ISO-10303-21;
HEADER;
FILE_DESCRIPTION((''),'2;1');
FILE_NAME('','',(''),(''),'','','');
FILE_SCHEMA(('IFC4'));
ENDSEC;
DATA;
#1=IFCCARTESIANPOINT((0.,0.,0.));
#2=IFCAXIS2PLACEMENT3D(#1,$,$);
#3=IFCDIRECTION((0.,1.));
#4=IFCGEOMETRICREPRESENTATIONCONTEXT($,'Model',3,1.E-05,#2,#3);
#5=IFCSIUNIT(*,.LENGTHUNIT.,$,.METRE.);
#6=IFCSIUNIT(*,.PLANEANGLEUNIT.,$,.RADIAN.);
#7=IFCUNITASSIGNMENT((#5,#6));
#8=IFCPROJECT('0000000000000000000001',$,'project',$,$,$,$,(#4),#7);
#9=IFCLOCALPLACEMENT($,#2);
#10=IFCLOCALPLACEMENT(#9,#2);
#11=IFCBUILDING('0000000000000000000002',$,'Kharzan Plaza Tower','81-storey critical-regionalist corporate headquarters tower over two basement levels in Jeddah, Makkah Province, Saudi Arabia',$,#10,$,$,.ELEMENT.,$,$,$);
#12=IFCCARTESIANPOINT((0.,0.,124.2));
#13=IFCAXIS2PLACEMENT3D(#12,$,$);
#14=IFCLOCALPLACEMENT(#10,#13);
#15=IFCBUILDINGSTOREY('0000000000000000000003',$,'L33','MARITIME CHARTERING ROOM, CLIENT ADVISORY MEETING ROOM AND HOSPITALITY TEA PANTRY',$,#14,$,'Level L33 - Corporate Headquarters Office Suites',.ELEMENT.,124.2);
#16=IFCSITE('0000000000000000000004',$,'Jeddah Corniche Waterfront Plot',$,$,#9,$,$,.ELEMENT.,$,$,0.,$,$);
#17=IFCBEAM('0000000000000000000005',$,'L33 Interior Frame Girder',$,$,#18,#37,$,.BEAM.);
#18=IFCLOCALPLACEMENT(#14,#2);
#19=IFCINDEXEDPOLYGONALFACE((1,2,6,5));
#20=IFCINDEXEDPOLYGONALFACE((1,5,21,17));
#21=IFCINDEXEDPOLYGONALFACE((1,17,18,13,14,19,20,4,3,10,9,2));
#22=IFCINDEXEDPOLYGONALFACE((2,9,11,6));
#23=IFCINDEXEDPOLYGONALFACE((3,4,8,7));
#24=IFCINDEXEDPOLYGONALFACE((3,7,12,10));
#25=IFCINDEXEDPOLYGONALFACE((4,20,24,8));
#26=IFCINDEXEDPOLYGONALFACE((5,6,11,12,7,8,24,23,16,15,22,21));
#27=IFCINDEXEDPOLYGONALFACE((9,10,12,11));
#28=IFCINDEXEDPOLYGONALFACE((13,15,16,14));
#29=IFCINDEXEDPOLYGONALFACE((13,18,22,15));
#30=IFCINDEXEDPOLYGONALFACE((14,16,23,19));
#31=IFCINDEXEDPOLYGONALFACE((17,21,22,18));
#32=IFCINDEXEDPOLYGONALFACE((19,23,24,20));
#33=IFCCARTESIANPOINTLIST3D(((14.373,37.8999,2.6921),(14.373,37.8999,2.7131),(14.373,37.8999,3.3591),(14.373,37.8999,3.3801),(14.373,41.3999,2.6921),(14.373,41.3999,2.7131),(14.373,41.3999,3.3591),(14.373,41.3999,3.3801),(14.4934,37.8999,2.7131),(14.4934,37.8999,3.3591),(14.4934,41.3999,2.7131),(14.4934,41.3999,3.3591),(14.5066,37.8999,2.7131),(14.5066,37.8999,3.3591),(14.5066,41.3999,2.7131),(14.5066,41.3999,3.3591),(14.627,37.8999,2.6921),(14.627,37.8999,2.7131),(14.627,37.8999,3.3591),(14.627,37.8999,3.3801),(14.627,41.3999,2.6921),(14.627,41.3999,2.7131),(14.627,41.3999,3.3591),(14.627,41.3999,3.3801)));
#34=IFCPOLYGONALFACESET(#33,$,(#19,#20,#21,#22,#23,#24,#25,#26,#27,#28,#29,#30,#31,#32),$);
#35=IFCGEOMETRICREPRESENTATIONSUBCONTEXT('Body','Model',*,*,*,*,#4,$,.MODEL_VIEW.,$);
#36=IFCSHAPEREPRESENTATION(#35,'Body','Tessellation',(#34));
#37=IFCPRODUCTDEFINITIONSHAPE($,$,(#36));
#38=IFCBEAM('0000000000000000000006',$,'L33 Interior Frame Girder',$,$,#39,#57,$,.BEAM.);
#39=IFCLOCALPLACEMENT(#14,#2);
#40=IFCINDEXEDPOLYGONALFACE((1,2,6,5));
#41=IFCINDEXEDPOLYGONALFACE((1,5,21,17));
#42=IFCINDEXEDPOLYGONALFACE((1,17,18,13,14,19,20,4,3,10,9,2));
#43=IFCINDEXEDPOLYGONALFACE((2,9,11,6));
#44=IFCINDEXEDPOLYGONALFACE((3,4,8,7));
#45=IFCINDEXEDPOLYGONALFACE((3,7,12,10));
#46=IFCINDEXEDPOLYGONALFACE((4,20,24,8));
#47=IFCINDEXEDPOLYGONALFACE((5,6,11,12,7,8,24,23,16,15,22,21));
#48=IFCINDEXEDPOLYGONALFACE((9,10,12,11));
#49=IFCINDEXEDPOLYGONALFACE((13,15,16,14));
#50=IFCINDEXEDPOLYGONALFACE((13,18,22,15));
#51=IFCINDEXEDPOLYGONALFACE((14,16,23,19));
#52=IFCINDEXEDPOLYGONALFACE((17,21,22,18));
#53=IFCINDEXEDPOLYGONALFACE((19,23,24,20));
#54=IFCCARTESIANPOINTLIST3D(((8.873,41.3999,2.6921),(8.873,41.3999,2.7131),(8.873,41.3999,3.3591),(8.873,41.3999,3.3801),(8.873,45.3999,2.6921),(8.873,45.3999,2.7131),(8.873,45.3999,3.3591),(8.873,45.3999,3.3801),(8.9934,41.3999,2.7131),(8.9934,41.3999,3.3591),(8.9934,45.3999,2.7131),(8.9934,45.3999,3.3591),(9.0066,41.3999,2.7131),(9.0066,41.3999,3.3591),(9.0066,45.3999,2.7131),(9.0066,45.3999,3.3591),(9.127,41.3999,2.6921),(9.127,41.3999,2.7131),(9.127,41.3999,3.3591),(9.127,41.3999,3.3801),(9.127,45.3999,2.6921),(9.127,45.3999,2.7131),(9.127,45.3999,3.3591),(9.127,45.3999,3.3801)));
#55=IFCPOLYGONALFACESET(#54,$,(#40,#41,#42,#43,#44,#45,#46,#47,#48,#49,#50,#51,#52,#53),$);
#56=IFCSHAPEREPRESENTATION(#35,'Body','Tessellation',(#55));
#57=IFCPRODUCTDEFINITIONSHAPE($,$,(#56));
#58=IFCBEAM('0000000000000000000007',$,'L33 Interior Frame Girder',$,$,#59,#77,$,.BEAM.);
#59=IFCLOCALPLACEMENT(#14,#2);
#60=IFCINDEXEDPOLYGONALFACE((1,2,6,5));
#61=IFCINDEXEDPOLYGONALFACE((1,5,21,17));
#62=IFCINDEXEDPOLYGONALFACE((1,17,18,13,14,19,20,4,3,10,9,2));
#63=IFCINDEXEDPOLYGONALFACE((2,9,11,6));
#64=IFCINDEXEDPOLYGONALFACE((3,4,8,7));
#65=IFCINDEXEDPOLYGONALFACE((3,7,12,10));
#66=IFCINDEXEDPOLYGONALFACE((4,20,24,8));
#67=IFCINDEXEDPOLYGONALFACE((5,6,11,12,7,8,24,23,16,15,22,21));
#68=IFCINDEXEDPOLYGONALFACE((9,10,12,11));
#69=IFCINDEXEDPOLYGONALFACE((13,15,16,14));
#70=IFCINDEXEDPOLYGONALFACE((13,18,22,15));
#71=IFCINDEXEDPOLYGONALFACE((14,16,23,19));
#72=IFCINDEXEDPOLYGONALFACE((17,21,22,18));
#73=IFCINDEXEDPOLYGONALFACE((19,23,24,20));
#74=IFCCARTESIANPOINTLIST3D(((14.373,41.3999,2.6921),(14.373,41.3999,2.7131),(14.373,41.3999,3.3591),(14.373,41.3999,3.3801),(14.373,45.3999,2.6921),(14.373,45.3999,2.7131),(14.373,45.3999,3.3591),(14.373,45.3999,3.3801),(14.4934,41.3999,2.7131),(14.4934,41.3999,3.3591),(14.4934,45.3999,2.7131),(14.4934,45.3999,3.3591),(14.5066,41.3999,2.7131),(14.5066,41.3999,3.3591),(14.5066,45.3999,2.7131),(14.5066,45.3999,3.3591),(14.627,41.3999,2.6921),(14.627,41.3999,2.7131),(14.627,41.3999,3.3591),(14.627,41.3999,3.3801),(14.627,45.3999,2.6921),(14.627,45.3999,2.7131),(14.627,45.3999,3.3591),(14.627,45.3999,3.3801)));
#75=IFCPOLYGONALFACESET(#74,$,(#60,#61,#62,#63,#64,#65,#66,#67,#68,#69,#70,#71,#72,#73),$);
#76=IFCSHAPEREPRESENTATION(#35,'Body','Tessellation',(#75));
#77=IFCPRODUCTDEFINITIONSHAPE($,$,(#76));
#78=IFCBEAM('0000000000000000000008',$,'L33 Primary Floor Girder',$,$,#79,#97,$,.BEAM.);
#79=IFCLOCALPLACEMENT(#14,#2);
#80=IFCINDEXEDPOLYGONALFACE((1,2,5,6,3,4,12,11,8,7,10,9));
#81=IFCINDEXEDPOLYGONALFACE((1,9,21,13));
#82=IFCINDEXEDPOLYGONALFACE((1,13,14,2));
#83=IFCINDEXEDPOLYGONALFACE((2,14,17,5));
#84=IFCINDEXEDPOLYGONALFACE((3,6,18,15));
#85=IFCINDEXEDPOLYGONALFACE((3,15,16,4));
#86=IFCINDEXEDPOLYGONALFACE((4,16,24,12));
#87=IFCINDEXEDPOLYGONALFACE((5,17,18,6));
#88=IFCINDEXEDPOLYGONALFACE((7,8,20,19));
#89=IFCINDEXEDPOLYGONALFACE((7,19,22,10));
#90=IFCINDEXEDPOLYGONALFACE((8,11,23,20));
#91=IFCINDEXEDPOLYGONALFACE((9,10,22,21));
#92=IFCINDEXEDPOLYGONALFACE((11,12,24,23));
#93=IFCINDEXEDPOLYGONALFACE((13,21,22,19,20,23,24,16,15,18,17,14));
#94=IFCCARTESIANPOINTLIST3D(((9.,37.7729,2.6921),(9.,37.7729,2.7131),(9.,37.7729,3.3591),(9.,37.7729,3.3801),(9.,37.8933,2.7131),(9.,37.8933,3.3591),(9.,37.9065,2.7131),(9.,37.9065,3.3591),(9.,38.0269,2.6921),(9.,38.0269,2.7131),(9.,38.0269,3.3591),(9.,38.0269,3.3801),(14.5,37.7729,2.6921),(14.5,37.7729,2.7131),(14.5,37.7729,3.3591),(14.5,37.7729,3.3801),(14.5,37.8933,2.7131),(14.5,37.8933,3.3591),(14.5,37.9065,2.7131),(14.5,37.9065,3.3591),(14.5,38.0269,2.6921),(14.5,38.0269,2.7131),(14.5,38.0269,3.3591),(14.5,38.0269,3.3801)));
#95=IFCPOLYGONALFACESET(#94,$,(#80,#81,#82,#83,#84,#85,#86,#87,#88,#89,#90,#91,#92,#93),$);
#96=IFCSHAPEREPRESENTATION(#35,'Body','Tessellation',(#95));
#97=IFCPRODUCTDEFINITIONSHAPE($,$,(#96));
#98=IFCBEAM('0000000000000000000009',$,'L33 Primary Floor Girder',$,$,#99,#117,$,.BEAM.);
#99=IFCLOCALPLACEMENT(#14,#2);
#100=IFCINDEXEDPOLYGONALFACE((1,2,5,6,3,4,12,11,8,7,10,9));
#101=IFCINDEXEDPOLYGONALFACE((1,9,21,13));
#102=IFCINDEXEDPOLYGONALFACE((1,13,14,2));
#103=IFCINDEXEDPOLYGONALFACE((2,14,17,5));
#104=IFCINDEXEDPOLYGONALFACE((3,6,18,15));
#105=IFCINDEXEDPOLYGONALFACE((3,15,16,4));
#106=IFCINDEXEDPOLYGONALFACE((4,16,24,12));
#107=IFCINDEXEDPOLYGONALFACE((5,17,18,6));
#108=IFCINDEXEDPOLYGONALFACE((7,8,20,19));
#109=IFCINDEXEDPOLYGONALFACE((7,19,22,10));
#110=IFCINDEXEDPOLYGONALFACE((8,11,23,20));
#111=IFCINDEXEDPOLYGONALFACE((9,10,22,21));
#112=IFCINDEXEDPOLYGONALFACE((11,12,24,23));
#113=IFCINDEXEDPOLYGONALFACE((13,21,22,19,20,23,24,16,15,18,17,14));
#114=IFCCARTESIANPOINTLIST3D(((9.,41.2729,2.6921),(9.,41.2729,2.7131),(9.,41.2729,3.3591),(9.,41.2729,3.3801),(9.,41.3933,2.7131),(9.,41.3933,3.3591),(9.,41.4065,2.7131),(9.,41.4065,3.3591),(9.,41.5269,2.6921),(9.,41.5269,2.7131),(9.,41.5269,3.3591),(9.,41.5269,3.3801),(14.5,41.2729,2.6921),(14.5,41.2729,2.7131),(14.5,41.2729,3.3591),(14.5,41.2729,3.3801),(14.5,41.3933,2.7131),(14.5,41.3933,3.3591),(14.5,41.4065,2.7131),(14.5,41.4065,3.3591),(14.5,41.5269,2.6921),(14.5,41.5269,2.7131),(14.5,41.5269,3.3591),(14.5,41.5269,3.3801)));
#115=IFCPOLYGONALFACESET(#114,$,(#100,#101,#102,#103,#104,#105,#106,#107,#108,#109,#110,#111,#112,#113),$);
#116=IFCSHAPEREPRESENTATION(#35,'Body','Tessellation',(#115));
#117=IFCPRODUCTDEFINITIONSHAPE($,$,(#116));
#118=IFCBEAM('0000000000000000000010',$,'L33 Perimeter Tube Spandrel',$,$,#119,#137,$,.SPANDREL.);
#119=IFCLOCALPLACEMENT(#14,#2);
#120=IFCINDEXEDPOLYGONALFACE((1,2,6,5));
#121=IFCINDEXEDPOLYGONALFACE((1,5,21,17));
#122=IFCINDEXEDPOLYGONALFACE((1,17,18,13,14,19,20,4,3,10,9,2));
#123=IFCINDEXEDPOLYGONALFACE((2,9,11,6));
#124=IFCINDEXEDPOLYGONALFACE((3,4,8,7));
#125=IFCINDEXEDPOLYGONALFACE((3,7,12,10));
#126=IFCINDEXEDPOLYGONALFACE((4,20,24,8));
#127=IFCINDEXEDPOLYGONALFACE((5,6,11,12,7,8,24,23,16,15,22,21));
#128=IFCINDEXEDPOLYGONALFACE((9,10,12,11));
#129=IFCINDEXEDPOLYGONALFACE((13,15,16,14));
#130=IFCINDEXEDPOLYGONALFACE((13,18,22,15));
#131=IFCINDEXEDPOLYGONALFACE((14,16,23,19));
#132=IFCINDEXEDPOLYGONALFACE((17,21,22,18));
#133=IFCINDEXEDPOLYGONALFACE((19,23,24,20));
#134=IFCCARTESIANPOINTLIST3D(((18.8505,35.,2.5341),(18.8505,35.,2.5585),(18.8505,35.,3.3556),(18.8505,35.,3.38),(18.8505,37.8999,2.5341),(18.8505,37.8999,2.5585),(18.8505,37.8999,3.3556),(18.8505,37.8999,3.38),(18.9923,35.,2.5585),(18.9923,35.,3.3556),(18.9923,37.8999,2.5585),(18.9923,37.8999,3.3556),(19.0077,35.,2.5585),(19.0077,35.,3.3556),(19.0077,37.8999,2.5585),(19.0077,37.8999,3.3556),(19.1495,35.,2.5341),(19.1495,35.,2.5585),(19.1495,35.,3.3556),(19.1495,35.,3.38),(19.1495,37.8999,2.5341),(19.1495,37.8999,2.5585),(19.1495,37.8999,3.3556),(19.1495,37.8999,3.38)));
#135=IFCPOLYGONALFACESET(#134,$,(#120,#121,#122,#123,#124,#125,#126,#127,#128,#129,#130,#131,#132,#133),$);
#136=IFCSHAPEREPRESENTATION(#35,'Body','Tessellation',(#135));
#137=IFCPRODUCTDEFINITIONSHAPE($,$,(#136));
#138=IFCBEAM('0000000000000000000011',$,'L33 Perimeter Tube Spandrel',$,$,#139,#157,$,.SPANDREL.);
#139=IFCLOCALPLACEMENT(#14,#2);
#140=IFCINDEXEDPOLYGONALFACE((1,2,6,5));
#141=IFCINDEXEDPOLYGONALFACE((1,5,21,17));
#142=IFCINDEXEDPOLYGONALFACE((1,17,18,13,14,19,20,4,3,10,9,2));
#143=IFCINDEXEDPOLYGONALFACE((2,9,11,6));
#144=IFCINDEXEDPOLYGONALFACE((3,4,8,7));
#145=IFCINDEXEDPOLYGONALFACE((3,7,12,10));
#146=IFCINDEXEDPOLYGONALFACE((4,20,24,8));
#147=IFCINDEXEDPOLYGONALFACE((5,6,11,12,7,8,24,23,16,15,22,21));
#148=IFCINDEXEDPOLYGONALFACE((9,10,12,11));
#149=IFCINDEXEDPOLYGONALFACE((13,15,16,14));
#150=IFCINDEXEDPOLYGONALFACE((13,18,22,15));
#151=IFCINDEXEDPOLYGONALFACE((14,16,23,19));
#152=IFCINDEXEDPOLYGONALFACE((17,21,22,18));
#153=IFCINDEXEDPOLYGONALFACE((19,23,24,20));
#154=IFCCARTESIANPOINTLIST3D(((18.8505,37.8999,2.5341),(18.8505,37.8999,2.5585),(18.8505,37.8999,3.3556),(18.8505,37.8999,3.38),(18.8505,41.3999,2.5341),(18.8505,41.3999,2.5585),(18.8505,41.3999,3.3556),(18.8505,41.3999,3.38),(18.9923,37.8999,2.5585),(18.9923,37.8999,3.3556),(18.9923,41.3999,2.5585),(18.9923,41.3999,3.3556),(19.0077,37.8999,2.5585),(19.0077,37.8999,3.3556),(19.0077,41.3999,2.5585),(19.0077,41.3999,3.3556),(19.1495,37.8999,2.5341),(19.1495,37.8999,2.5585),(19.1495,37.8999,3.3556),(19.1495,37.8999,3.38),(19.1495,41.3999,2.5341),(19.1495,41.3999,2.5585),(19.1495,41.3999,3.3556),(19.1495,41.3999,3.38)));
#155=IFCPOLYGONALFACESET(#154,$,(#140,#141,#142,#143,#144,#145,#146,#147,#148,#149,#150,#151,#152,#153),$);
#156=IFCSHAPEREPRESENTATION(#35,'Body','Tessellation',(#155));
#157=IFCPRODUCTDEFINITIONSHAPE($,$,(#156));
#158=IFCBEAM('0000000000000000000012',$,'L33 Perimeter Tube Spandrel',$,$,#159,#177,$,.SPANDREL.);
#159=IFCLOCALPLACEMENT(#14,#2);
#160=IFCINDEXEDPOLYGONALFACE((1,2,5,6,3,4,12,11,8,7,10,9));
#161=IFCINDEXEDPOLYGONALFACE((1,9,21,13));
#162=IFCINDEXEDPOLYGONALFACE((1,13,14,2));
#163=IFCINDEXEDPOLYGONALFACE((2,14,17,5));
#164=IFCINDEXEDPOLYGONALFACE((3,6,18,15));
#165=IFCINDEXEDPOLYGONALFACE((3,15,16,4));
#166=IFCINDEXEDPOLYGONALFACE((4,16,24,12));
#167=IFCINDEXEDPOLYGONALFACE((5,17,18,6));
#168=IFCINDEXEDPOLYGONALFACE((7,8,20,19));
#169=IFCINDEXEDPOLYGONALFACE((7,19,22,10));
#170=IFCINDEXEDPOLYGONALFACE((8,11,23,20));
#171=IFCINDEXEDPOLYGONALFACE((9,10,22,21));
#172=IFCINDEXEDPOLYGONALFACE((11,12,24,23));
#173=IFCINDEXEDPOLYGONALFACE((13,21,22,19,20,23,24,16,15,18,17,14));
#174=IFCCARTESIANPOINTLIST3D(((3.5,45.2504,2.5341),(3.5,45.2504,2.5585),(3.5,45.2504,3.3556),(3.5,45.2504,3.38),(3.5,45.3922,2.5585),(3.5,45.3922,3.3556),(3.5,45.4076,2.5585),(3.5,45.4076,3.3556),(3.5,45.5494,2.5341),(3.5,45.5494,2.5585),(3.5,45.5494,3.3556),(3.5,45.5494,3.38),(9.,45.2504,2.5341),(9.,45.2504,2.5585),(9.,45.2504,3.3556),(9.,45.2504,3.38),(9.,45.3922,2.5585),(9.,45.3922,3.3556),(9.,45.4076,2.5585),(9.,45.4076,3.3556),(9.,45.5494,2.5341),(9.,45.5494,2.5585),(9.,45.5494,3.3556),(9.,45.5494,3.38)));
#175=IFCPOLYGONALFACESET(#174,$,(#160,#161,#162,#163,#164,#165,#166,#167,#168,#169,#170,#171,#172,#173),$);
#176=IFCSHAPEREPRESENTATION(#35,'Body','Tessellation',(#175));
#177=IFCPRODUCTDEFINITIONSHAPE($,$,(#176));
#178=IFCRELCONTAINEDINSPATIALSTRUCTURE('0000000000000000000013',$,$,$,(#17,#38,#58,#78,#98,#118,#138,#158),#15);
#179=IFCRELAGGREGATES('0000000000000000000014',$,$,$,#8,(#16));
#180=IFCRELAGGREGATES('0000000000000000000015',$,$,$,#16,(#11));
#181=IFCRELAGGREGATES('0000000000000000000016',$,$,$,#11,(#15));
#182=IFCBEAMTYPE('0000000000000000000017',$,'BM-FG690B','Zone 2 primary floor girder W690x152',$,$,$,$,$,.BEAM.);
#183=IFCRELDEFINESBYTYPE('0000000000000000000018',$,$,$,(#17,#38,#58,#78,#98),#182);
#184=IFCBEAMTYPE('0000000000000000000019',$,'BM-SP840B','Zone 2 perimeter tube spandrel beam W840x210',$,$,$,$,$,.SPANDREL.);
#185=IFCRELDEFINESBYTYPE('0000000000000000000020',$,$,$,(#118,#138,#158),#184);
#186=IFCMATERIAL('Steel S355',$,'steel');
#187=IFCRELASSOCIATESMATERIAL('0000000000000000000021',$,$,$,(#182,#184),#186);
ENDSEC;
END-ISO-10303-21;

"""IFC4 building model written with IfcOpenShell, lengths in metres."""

from ifc_helpers import new_model, si_unit, direction, frame, origin, origin_2d, place, context, subcontext, project, spatial, i_section, extrude, source, transform, mapped, material, material_profile, profile_set, type_object, element, save


model = new_model("IFC4")

# Units and contexts
model_context = context("Model", 3, precision=1e-05, world=origin(), true_north=direction((0.0, 1.0)))
body_context = subcontext(model_context, "Body", "Model", "MODEL_VIEW")
ifc_project = project(units=[si_unit("LENGTHUNIT", "METRE"), si_unit("PLANEANGLEUNIT", "RADIAN")], contexts=[model_context])

# Site, building, storey
site_placement = place(None, origin())
site = spatial("IfcSite", under=ifc_project, at=site_placement, Name="Jeddah Corniche Waterfront Plot", CompositionType="ELEMENT", RefElevation=0.0)
building_placement = place(site_placement, origin())
building = spatial("IfcBuilding", under=site, at=building_placement, Name="Kharzan Plaza Tower", Description="81-storey critical-regionalist corporate headquarters tower over two basement levels in Jeddah, Makkah Province, Saudi Arabia", CompositionType="ELEMENT")
storey_placement = place(building_placement, frame((0.0, 0.0, 124.2)))
storey = spatial("IfcBuildingStorey", under=building, at=storey_placement, Name="L33", Description="MARITIME CHARTERING ROOM, CLIENT ADVISORY MEETING ROOM AND HOSPITALITY TEA PANTRY", LongName="Level L33 - Corporate Headquarters Office Suites", CompositionType="ELEMENT", Elevation=124.2)

# Beams
ifc_material_1 = material(Name="Steel S355", Category="steel")
ifc_material_profile_1 = material_profile(ifc_material_1, i_section(OverallWidth=0.2539, OverallDepth=0.688, WebThickness=0.0132, FlangeThickness=0.021, at=origin_2d()), Name="W690x152")
ifc_profile_set_1 = profile_set([ifc_material_profile_1], Name="Steel S355")
beam_type_1 = type_object("IfcBeamType", Name="BM-FG690B", Description="Zone 2 primary floor girder W690x152", PredefinedType="BEAM", material=ifc_profile_set_1)
shared_shape_1 = source(origin(), body_context, "Body", "SweptSolid", [
    extrude(i_section(OverallWidth=0.2539, OverallDepth=0.688, WebThickness=0.0132, FlangeThickness=0.021, at=origin_2d()), origin(), (0.0, 0.0, 1.0), 3.5),
])
for number, where, z_axis, x_axis, name in (
    (1, (14.5, 37.8999, 3.0361), (0.0, 1.0, 0.0), (-1.0, 0.0, 0.0), "L33 Interior Frame Girder"),
):
    element("IfcBeam", number, at=place(storey_placement, frame(where, z_axis=z_axis, x_axis=x_axis)), inside=storey, type_object=beam_type_1, Name=name, PredefinedType="BEAM", context=body_context, shape_type="MappedRepresentation", body=[
        mapped(shared_shape_1, transform((0.0, 0.0, 0.0), x_axis=(1.0, 0.0, 0.0), y_axis=(0.0, 1.0, 0.0), z_axis=(0.0, 0.0, 1.0))),
    ])
shared_shape_2 = source(origin(), body_context, "Body", "SweptSolid", [
    extrude(i_section(OverallWidth=0.2539, OverallDepth=0.688, WebThickness=0.0132, FlangeThickness=0.021, at=origin_2d()), origin(), (0.0, 0.0, 1.0), 4.0),
])
for number, where, z_axis, x_axis, name in (
    (2, (9.0, 41.3999, 3.0361), (0.0, 1.0, 0.0), (-1.0, 0.0, 0.0), "L33 Interior Frame Girder"),
    (3, (14.5, 41.3999, 3.0361), (0.0, 1.0, 0.0), (-1.0, 0.0, 0.0), "L33 Interior Frame Girder"),
):
    element("IfcBeam", number, at=place(storey_placement, frame(where, z_axis=z_axis, x_axis=x_axis)), inside=storey, type_object=beam_type_1, Name=name, PredefinedType="BEAM", context=body_context, shape_type="MappedRepresentation", body=[
        mapped(shared_shape_2, transform((0.0, 0.0, 0.0), x_axis=(1.0, 0.0, 0.0), y_axis=(0.0, 1.0, 0.0), z_axis=(0.0, 0.0, 1.0))),
    ])
shared_shape_3 = source(origin(), body_context, "Body", "SweptSolid", [
    extrude(i_section(OverallWidth=0.2539, OverallDepth=0.688, WebThickness=0.0132, FlangeThickness=0.021, at=origin_2d()), origin(), (0.0, 0.0, 1.0), 5.5),
])
for number, where, z_axis, x_axis, name in (
    (4, (9.0, 37.8999, 3.0361), (1.0, 0.0, 0.0), (0.0, 1.0, 0.0), "L33 Primary Floor Girder"),
    (5, (9.0, 41.3999, 3.0361), (1.0, 0.0, 0.0), (0.0, 1.0, 0.0), "L33 Primary Floor Girder"),
):
    element("IfcBeam", number, at=place(storey_placement, frame(where, z_axis=z_axis, x_axis=x_axis)), inside=storey, type_object=beam_type_1, Name=name, PredefinedType="BEAM", context=body_context, shape_type="MappedRepresentation", body=[
        mapped(shared_shape_3, transform((0.0, 0.0, 0.0), x_axis=(1.0, 0.0, 0.0), y_axis=(0.0, 1.0, 0.0), z_axis=(0.0, 0.0, 1.0))),
    ])
ifc_material_profile_2 = material_profile(ifc_material_1, i_section(OverallWidth=0.2991, OverallDepth=0.8459, WebThickness=0.0154, FlangeThickness=0.0244, at=origin_2d()), Name="W840x210")
ifc_profile_set_2 = profile_set([ifc_material_profile_2], Name="Steel S355")
beam_type_2 = type_object("IfcBeamType", Name="BM-SP840B", Description="Zone 2 perimeter tube spandrel beam W840x210", PredefinedType="SPANDREL", material=ifc_profile_set_2)
shared_shape_4 = source(origin(), body_context, "Body", "SweptSolid", [
    extrude(i_section(OverallWidth=0.2991, OverallDepth=0.8459, WebThickness=0.0154, FlangeThickness=0.0244, at=origin_2d()), origin(), (0.0, 0.0, 1.0), 2.8999),
])
beam_1_placement = place(storey_placement, frame((19.0, 35.0, 2.957), z_axis=(0.0, 1.0, 0.0), x_axis=(-1.0, 0.0, 0.0)))
element("IfcBeam", 6, at=beam_1_placement, inside=storey, type_object=beam_type_2, Name="L33 Perimeter Tube Spandrel", PredefinedType="SPANDREL", context=body_context, shape_type="MappedRepresentation", body=[
    mapped(shared_shape_4, transform((0.0, 0.0, 0.0), x_axis=(1.0, 0.0, 0.0), y_axis=(0.0, 1.0, 0.0), z_axis=(0.0, 0.0, 1.0))),
])
shared_shape_5 = source(origin(), body_context, "Body", "SweptSolid", [
    extrude(i_section(OverallWidth=0.2991, OverallDepth=0.8459, WebThickness=0.0154, FlangeThickness=0.0244, at=origin_2d()), origin(), (0.0, 0.0, 1.0), 3.5),
])
beam_2_placement = place(storey_placement, frame((19.0, 37.8999, 2.957), z_axis=(0.0, 1.0, 0.0), x_axis=(-1.0, 0.0, 0.0)))
element("IfcBeam", 7, at=beam_2_placement, inside=storey, type_object=beam_type_2, Name="L33 Perimeter Tube Spandrel", PredefinedType="SPANDREL", context=body_context, shape_type="MappedRepresentation", body=[
    mapped(shared_shape_5, transform((0.0, 0.0, 0.0), x_axis=(1.0, 0.0, 0.0), y_axis=(0.0, 1.0, 0.0), z_axis=(0.0, 0.0, 1.0))),
])
shared_shape_6 = source(origin(), body_context, "Body", "SweptSolid", [
    extrude(i_section(OverallWidth=0.2991, OverallDepth=0.8459, WebThickness=0.0154, FlangeThickness=0.0244, at=origin_2d()), origin(), (0.0, 0.0, 1.0), 5.5),
])
for number, where, z_axis, x_axis, name in (
    (8, (3.5, 45.3999, 2.957), (1.0, 0.0, 0.0), (0.0, 1.0, 0.0), "L33 Perimeter Tube Spandrel"),
):
    element("IfcBeam", number, at=place(storey_placement, frame(where, z_axis=z_axis, x_axis=x_axis)), inside=storey, type_object=beam_type_2, Name=name, PredefinedType="SPANDREL", context=body_context, shape_type="MappedRepresentation", body=[
        mapped(shared_shape_6, transform((0.0, 0.0, 0.0), x_axis=(1.0, 0.0, 0.0), y_axis=(0.0, 1.0, 0.0), z_axis=(0.0, 0.0, 1.0))),
    ])

save(model, "model.ifc")
